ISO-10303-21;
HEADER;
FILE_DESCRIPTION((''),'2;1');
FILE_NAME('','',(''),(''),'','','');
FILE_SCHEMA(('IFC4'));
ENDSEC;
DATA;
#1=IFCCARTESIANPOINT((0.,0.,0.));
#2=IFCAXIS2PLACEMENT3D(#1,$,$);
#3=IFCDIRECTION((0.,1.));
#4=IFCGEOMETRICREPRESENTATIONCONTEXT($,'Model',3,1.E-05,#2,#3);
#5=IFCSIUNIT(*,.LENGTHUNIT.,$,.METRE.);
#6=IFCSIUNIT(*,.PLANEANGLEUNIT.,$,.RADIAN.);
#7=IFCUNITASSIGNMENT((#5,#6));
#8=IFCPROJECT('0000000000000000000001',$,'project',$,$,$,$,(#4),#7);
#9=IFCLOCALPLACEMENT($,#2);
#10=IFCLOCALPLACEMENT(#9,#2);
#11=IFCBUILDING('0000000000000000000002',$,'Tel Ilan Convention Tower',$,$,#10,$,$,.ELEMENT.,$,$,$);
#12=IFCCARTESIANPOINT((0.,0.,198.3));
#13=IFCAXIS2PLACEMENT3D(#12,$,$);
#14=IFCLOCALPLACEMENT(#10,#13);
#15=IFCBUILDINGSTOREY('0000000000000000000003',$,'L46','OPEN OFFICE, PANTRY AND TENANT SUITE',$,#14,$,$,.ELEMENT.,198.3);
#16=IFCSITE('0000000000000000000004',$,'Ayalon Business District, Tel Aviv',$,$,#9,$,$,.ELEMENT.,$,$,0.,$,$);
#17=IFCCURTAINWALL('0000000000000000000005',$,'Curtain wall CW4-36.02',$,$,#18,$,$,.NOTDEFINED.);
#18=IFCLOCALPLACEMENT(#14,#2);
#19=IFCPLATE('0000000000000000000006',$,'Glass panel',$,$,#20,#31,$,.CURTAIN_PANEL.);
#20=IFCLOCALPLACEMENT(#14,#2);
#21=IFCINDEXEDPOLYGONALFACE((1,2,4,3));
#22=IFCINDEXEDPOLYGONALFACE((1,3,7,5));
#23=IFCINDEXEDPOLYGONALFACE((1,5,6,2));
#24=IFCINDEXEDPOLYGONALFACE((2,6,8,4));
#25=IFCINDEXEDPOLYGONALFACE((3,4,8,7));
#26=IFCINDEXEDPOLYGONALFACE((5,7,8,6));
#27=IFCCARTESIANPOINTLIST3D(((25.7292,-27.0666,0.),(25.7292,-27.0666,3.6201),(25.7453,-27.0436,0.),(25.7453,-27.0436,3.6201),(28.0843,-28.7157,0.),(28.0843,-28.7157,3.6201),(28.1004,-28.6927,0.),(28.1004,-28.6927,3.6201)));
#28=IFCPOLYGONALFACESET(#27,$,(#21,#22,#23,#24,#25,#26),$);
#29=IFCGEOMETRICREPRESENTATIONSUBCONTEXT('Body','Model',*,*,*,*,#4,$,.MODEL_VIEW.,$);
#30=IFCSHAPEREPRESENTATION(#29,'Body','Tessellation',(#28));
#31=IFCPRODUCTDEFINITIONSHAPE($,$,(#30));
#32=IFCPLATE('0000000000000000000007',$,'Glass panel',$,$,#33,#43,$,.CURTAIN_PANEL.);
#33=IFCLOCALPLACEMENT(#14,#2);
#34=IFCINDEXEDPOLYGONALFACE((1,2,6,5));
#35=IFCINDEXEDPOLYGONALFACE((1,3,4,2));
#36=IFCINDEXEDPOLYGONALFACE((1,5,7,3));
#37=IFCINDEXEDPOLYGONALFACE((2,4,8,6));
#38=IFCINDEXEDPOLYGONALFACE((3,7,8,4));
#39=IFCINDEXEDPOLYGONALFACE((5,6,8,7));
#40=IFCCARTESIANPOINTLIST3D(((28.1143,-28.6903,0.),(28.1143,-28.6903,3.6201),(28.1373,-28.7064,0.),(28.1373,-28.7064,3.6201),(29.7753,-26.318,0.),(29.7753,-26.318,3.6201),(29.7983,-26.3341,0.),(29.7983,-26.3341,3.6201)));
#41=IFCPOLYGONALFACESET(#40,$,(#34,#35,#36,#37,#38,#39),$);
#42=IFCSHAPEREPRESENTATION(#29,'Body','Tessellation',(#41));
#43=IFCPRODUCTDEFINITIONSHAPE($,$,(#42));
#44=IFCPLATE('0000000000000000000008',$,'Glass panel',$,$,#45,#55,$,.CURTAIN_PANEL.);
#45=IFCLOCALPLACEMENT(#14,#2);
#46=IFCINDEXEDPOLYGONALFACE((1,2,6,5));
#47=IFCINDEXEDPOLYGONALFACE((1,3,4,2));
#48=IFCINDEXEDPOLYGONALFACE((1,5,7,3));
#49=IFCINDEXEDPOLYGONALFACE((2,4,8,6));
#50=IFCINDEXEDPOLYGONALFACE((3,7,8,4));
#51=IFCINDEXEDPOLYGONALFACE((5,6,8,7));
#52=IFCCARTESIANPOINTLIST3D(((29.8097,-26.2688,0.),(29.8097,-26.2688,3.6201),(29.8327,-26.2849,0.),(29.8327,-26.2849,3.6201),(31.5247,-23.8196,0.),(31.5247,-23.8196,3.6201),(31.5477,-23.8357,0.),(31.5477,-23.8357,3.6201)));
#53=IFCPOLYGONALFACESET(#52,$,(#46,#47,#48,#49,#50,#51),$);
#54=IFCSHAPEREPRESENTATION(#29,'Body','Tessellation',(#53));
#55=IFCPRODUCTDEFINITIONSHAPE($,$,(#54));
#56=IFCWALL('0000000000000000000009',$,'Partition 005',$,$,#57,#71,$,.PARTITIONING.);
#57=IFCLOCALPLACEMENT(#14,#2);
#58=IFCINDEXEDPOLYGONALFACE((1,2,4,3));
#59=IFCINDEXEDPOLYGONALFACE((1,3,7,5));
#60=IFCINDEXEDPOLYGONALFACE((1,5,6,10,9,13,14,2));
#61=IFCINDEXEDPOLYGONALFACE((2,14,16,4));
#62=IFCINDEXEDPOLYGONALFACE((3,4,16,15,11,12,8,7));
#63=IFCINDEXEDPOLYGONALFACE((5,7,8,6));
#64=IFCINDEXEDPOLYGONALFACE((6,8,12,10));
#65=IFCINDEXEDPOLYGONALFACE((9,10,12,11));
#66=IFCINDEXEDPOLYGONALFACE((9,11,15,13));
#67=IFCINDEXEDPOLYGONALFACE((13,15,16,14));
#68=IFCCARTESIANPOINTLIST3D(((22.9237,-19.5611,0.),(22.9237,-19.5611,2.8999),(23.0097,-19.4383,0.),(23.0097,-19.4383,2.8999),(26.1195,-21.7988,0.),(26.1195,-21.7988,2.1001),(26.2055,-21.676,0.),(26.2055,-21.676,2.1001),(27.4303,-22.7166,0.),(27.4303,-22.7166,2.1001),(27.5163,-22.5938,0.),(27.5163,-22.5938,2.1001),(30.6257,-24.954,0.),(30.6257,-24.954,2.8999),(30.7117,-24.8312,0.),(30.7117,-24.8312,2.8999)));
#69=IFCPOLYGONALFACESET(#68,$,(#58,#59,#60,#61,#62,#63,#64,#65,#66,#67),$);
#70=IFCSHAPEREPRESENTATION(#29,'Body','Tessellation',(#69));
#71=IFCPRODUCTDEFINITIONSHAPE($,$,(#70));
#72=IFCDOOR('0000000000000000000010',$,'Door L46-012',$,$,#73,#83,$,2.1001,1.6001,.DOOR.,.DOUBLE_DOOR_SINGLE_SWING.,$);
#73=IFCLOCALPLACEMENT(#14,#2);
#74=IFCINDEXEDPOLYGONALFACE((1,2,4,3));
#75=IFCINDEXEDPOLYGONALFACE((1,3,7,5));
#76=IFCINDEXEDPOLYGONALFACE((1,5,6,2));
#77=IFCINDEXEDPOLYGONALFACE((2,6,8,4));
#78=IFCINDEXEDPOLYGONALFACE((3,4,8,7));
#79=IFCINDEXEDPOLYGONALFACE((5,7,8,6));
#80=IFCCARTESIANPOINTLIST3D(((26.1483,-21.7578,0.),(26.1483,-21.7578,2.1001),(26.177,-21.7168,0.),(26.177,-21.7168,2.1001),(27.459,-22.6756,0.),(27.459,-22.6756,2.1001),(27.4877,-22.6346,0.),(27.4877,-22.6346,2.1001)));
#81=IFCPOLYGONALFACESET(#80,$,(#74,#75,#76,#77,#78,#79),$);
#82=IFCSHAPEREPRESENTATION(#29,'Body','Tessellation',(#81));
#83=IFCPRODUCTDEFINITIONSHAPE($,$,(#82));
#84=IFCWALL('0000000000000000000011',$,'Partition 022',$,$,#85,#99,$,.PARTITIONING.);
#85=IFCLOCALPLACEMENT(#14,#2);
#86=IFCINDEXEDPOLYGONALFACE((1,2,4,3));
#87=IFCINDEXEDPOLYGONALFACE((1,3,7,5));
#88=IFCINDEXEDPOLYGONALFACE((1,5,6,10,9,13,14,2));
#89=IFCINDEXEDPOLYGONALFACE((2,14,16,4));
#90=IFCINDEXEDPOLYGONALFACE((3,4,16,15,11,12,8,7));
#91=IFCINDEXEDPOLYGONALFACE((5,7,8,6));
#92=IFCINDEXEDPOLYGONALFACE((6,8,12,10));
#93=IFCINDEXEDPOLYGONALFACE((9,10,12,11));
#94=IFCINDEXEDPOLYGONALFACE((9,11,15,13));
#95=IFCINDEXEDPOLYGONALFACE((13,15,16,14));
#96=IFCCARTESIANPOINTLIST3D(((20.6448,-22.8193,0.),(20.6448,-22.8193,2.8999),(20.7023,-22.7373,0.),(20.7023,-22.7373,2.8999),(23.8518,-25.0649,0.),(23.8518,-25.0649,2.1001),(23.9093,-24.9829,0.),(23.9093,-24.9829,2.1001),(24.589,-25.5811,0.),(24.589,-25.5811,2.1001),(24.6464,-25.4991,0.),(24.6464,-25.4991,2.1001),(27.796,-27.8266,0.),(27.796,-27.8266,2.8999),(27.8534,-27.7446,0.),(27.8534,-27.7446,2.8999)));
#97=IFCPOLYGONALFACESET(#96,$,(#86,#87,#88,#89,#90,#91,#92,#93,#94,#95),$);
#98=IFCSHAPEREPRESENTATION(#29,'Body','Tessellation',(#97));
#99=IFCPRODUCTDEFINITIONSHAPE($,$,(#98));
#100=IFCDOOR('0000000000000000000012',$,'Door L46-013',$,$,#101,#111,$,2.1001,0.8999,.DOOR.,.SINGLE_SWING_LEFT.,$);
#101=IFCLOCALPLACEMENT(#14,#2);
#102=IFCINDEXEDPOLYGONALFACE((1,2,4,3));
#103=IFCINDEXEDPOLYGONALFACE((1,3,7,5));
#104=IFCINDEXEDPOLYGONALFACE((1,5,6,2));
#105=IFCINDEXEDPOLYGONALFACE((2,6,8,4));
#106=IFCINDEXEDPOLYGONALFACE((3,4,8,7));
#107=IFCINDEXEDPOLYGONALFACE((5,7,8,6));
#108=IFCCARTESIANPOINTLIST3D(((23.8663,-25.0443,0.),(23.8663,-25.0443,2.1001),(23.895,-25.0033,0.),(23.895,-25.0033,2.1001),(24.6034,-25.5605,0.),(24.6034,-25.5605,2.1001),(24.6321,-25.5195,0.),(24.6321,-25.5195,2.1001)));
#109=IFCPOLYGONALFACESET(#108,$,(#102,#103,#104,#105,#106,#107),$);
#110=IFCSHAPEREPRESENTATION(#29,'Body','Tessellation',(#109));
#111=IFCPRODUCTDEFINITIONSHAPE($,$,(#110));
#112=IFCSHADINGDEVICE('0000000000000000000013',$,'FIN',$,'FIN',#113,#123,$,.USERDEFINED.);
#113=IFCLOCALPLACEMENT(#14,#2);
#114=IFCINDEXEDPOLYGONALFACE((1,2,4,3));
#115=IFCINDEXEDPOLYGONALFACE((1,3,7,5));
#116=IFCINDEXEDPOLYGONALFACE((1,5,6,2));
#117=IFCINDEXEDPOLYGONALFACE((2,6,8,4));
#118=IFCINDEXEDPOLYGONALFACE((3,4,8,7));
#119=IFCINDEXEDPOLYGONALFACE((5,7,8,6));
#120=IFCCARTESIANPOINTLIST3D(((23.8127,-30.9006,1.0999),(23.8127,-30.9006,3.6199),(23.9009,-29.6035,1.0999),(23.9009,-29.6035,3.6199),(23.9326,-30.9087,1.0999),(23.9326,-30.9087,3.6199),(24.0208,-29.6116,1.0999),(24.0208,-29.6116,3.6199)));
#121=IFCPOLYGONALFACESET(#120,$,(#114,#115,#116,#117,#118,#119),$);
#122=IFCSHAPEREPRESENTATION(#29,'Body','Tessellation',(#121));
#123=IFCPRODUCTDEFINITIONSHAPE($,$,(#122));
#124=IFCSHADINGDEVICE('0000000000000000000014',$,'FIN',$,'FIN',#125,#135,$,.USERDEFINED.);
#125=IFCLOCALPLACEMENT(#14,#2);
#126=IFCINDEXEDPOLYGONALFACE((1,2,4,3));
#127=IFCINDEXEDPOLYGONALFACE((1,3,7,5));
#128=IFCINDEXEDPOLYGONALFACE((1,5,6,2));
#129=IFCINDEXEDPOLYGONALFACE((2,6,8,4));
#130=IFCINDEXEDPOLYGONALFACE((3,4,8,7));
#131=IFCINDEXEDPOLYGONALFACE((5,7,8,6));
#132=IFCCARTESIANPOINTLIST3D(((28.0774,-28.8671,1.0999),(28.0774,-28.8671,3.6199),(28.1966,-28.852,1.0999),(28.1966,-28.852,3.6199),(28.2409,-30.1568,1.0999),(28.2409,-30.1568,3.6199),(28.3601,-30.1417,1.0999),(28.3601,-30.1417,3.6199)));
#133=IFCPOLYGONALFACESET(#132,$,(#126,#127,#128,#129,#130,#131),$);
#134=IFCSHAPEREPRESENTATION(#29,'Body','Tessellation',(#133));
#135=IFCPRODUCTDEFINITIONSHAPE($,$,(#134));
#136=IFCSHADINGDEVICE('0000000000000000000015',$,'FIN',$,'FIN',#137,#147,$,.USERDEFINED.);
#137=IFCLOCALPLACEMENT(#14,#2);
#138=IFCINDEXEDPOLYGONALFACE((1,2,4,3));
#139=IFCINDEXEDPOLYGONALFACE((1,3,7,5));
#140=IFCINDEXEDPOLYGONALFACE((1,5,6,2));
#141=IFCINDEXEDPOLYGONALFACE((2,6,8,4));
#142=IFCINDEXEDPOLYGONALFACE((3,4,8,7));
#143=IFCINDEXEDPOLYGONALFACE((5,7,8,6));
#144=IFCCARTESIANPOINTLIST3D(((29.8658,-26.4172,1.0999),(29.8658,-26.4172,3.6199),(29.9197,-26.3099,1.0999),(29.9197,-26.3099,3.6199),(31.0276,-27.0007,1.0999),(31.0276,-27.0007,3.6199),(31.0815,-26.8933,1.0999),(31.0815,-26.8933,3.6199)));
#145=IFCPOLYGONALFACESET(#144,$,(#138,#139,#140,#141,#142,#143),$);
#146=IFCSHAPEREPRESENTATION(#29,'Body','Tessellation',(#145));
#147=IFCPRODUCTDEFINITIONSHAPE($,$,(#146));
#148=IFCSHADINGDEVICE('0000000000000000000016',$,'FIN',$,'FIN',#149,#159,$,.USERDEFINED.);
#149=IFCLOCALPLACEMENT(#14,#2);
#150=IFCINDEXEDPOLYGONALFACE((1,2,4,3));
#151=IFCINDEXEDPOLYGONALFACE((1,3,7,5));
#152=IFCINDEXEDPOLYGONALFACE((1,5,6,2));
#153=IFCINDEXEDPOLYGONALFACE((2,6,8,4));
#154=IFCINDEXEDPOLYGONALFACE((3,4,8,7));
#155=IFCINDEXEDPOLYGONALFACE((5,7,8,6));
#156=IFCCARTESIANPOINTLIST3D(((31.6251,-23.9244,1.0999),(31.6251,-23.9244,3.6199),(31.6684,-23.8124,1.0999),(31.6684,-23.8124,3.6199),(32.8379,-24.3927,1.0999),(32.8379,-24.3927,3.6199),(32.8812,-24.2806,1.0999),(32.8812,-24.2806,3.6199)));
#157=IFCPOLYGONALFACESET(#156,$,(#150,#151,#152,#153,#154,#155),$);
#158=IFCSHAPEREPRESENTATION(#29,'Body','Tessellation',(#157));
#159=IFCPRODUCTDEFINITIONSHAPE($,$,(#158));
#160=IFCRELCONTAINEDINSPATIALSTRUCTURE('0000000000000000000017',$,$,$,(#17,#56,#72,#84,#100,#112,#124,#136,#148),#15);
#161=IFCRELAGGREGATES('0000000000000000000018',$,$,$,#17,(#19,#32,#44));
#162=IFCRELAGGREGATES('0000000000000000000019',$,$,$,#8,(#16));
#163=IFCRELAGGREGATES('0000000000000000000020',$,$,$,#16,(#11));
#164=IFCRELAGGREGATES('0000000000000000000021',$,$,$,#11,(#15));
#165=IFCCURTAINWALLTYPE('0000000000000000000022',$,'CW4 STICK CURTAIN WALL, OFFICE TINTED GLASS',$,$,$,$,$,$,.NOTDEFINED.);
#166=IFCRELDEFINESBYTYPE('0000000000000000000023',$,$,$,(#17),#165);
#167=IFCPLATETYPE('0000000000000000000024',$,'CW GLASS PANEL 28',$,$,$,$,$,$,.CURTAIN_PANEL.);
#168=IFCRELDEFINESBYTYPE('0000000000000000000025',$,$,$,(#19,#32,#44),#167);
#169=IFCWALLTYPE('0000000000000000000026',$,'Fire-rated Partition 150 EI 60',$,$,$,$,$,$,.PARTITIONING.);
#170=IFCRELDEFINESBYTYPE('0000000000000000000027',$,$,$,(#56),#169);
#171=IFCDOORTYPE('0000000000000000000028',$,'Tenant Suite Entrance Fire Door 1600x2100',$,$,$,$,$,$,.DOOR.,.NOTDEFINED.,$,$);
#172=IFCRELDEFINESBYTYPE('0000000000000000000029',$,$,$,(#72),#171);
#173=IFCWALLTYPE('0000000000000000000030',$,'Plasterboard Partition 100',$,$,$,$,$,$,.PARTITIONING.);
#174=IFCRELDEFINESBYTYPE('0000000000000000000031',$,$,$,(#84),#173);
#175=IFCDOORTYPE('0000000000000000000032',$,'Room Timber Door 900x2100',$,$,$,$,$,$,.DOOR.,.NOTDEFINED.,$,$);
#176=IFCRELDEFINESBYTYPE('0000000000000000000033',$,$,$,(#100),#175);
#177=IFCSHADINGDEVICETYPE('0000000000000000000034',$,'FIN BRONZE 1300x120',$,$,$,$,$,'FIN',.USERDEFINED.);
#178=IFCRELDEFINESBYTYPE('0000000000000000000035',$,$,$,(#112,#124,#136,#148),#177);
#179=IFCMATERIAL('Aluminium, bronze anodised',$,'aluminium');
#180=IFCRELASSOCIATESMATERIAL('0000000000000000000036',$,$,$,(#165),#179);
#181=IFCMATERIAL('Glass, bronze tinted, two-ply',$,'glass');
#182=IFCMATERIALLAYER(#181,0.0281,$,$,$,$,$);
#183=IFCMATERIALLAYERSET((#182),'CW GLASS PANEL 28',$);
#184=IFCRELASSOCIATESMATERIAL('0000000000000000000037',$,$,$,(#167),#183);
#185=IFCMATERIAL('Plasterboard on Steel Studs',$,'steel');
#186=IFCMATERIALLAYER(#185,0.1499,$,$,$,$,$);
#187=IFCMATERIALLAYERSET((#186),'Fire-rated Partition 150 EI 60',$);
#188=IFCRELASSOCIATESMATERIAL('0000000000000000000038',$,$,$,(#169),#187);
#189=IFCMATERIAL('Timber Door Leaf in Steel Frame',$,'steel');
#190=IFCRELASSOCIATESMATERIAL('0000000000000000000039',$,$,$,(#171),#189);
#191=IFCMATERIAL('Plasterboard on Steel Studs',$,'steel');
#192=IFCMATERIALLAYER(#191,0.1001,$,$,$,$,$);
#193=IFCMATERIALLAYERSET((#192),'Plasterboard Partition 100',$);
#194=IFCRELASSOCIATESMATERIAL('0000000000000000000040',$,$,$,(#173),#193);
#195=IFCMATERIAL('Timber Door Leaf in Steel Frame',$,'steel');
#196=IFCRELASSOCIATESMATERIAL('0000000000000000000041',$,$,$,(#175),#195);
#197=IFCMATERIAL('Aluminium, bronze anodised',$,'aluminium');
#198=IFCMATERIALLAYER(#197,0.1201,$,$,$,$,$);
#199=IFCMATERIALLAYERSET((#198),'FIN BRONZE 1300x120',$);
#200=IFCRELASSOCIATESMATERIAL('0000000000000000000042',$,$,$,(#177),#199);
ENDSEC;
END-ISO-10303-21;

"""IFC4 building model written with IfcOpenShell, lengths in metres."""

from ifc_helpers import new_model, si_unit, direction, frame, frame_2d, origin, origin_2d, place, context, subcontext, project, spatial, rectangle, extrude, material, layer, layer_set, type_object, element, fill, aggregate, save


model = new_model("IFC4")

# Units and contexts
model_context = context("Model", 3, precision=1e-05, world=origin(), true_north=direction((0.0, 1.0)))
body_context = subcontext(model_context, "Body", "Model", "MODEL_VIEW")
ifc_project = project(units=[si_unit("LENGTHUNIT", "METRE"), si_unit("PLANEANGLEUNIT", "RADIAN")], contexts=[model_context])

# Site, building, storey
site_placement = place(None, origin())
site = spatial("IfcSite", under=ifc_project, at=site_placement, Name="Ayalon Business District, Tel Aviv", CompositionType="ELEMENT", RefElevation=0.0)
building_placement = place(site_placement, origin())
building = spatial("IfcBuilding", under=site, at=building_placement, Name="Tel Ilan Convention Tower", CompositionType="ELEMENT")
storey_placement = place(building_placement, frame((0.0, 0.0, 198.3)))
storey = spatial("IfcBuildingStorey", under=building, at=storey_placement, Name="L46", Description="OPEN OFFICE, PANTRY AND TENANT SUITE", CompositionType="ELEMENT", Elevation=198.3)

# Curtain wall, plates
ifc_material_1 = material(Name="Aluminium, bronze anodised", Category="aluminium")
curtain_wall_type = type_object("IfcCurtainWallType", Name="CW4 STICK CURTAIN WALL, OFFICE TINTED GLASS", PredefinedType="NOTDEFINED", material=ifc_material_1)
curtain_wall_placement = place(storey_placement, origin())
curtain_wall = element("IfcCurtainWall", 1, at=curtain_wall_placement, inside=storey, type_object=curtain_wall_type, Name="Curtain wall CW4-36.02", PredefinedType="NOTDEFINED")
ifc_material_2 = material(Name="Glass, bronze tinted, two-ply", Category="glass")
ifc_layer_1 = layer(ifc_material_2, 0.0281)
ifc_layer_set_1 = layer_set([ifc_layer_1], Name="CW GLASS PANEL 28")
plate_type = type_object("IfcPlateType", Name="CW GLASS PANEL 28", PredefinedType="CURTAIN_PANEL", material=ifc_layer_set_1)
plate_1_placement = place(storey_placement, frame((26.9148, -27.8796, 0.0), z_axis=(0.0, 0.0, 1.0), x_axis=(0.819152, -0.573576, 0.0)))
plate_1 = element("IfcPlate", 2, at=plate_1_placement, type_object=plate_type, Name="Glass panel", PredefinedType="CURTAIN_PANEL", context=body_context, shape_type="SweptSolid", body=[
    extrude(rectangle(XDim=2.875, YDim=0.0281, at=origin_2d()), origin(), (0.0, 0.0, 1.0), 3.6201),
])
plate_2_placement = place(storey_placement, frame((28.9563, -27.5122, 0.0), z_axis=(0.0, 0.0, 1.0), x_axis=(0.573576, 0.819152, 0.0)))
plate_2 = element("IfcPlate", 3, at=plate_2_placement, type_object=plate_type, Name="Glass panel", PredefinedType="CURTAIN_PANEL", context=body_context, shape_type="SweptSolid", body=[
    extrude(rectangle(XDim=2.896, YDim=0.0281, at=origin_2d()), origin(), (0.0, 0.0, 1.0), 3.6201),
])
plate_3_placement = place(storey_placement, frame((30.6787, -25.0522, 0.0), z_axis=(0.0, 0.0, 1.0), x_axis=(0.573576, 0.819152, 0.0)))
plate_3 = element("IfcPlate", 4, at=plate_3_placement, type_object=plate_type, Name="Glass panel", PredefinedType="CURTAIN_PANEL", context=body_context, shape_type="SweptSolid", body=[
    extrude(rectangle(XDim=2.99, YDim=0.0281, at=origin_2d()), origin(), (0.0, 0.0, 1.0), 3.6201),
])
aggregate(curtain_wall, [plate_1, plate_2, plate_3])

# Walls, openings, doors
ifc_material_3 = material(Name="Plasterboard on Steel Studs", Category="steel")
ifc_layer_2 = layer(ifc_material_3, 0.1499)
ifc_layer_set_2 = layer_set([ifc_layer_2], Name="Fire-rated Partition 150 EI 60")
wall_type_1 = type_object("IfcWallType", Name="Fire-rated Partition 150 EI 60", PredefinedType="PARTITIONING", material=ifc_layer_set_2)
wall_1_placement = place(storey_placement, frame((30.6687, -24.8926, 0.0), z_axis=(0.0, 0.0, 1.0), x_axis=(-0.819158, 0.573569, 0.0)))
wall_1 = element("IfcWall", 5, at=wall_1_placement, inside=storey, type_object=wall_type_1, Name="Partition 005", PredefinedType="PARTITIONING", context=body_context, shape_type="SweptSolid", body=[
    extrude(rectangle(XDim=9.4023, YDim=0.1499, at=frame_2d((4.7012, 0.0))), origin(), (0.0, 0.0, 1.0), 2.8999),
])
opening_1_placement = place(wall_1_placement, frame((3.9009, 0.0, 0.0)))
opening_1 = element("IfcOpeningElement", 6, at=opening_1_placement, cuts=wall_1, PredefinedType="OPENING", context=body_context, shape_type="SweptSolid", body=[
    extrude(rectangle(XDim=1.6001, YDim=2.1001, at=frame_2d((0.8, 1.05))), frame((0.0, 0.085, 0.0), z_axis=(0.0, -1.0, 0.0), x_axis=(1.0, 0.0, 0.0)), (0.0, 0.0, 1.0), 0.1699),
])
ifc_material_4 = material(Name="Timber Door Leaf in Steel Frame", Category="steel")
door_type_1 = type_object("IfcDoorType", Name="Tenant Suite Entrance Fire Door 1600x2100", OperationType="NOTDEFINED", PredefinedType="DOOR", material=ifc_material_4)
door_1_placement = place(opening_1_placement, origin())
door_1 = element("IfcDoor", 7, at=door_1_placement, inside=storey, type_object=door_type_1, Name="Door L46-012", OperationType="DOUBLE_DOOR_SINGLE_SWING", OverallHeight=2.1001, OverallWidth=1.6001, PredefinedType="DOOR", context=body_context, shape_type="SweptSolid", body=[
    extrude(rectangle(XDim=1.6001, YDim=2.1001, at=frame_2d((0.8, 1.05))), frame((0.0, 0.0249, 0.0), z_axis=(0.0, -1.0, 0.0), x_axis=(1.0, 0.0, 0.0)), (0.0, 0.0, 1.0), 0.05),
])
fill(opening_1, door_1)
ifc_material_5 = material(Name="Plasterboard on Steel Studs", Category="steel")
ifc_layer_3 = layer(ifc_material_5, 0.1001)
ifc_layer_set_3 = layer_set([ifc_layer_3], Name="Plasterboard Partition 100")
wall_type_2 = type_object("IfcWallType", Name="Plasterboard Partition 100", PredefinedType="PARTITIONING", material=ifc_layer_set_3)
wall_2_placement = place(storey_placement, frame((27.8247, -27.7856, 0.0), z_axis=(0.0, 0.0, 1.0), x_axis=(-0.819149, 0.573581, 0.0)))
wall_2 = element("IfcWall", 8, at=wall_2_placement, inside=storey, type_object=wall_type_2, Name="Partition 022", PredefinedType="PARTITIONING", context=body_context, shape_type="SweptSolid", body=[
    extrude(rectangle(XDim=8.73, YDim=0.1001, at=frame_2d((4.365, 0.0))), origin(), (0.0, 0.0, 1.0), 2.8999),
])
opening_2_placement = place(wall_2_placement, frame((3.915, 0.0, 0.0)))
opening_2 = element("IfcOpeningElement", 9, at=opening_2_placement, cuts=wall_2, PredefinedType="OPENING", context=body_context, shape_type="SweptSolid", body=[
    extrude(rectangle(XDim=0.8999, YDim=2.1001, at=frame_2d((0.45, 1.05))), frame((0.0, 0.0601, 0.0), z_axis=(0.0, -1.0, 0.0), x_axis=(1.0, 0.0, 0.0)), (0.0, 0.0, 1.0), 0.1201),
])
ifc_material_6 = material(Name="Timber Door Leaf in Steel Frame", Category="steel")
door_type_2 = type_object("IfcDoorType", Name="Room Timber Door 900x2100", OperationType="NOTDEFINED", PredefinedType="DOOR", material=ifc_material_6)
door_2_placement = place(opening_2_placement, origin())
door_2 = element("IfcDoor", 10, at=door_2_placement, inside=storey, type_object=door_type_2, Name="Door L46-013", OperationType="SINGLE_SWING_LEFT", OverallHeight=2.1001, OverallWidth=0.8999, PredefinedType="DOOR", context=body_context, shape_type="SweptSolid", body=[
    extrude(rectangle(XDim=0.8999, YDim=2.1001, at=frame_2d((0.45, 1.05))), frame((0.0, 0.0249, 0.0), z_axis=(0.0, -1.0, 0.0), x_axis=(1.0, 0.0, 0.0)), (0.0, 0.0, 1.0), 0.05),
])
fill(opening_2, door_2)

# Shading devices
ifc_material_7 = material(Name="Aluminium, bronze anodised", Category="aluminium")
ifc_layer_4 = layer(ifc_material_7, 0.1201)
ifc_layer_set_4 = layer_set([ifc_layer_4], Name="FIN BRONZE 1300x120")
shading_device_type = type_object("IfcShadingDeviceType", Name="FIN BRONZE 1300x120", ElementType="FIN", PredefinedType="USERDEFINED", material=ifc_layer_set_4)
for number, where, z_axis, x_axis, name in (
    (11, (23.9167, -30.2561, 1.0999), (0.0, 0.0, 1.0), (-0.067822, -0.997697, 0.0), "FIN"),
    (12, (28.2188, -29.5044, 1.0999), (0.0, 0.0, 1.0), (0.125718, -0.992066, 0.0), "FIN"),
    (13, (30.4736, -26.6553, 1.0999), (0.0, 0.0, 1.0), (0.893633, -0.448799, 0.0), "FIN"),
    (14, (32.2532, -24.1025, 1.0999), (0.0, 0.0, 1.0), (0.932884, -0.360178, 0.0), "FIN"),
):
    element("IfcShadingDevice", number, at=place(storey_placement, frame(where, z_axis=z_axis, x_axis=x_axis)), inside=storey, type_object=shading_device_type, Name=name, ObjectType="FIN", PredefinedType="USERDEFINED", context=body_context, shape_type="SweptSolid", body=[
        extrude(rectangle(XDim=1.3, YDim=0.1201, at=origin_2d()), origin(), (0.0, 0.0, 1.0), 2.52),
    ])

save(model, "model.ifc")
